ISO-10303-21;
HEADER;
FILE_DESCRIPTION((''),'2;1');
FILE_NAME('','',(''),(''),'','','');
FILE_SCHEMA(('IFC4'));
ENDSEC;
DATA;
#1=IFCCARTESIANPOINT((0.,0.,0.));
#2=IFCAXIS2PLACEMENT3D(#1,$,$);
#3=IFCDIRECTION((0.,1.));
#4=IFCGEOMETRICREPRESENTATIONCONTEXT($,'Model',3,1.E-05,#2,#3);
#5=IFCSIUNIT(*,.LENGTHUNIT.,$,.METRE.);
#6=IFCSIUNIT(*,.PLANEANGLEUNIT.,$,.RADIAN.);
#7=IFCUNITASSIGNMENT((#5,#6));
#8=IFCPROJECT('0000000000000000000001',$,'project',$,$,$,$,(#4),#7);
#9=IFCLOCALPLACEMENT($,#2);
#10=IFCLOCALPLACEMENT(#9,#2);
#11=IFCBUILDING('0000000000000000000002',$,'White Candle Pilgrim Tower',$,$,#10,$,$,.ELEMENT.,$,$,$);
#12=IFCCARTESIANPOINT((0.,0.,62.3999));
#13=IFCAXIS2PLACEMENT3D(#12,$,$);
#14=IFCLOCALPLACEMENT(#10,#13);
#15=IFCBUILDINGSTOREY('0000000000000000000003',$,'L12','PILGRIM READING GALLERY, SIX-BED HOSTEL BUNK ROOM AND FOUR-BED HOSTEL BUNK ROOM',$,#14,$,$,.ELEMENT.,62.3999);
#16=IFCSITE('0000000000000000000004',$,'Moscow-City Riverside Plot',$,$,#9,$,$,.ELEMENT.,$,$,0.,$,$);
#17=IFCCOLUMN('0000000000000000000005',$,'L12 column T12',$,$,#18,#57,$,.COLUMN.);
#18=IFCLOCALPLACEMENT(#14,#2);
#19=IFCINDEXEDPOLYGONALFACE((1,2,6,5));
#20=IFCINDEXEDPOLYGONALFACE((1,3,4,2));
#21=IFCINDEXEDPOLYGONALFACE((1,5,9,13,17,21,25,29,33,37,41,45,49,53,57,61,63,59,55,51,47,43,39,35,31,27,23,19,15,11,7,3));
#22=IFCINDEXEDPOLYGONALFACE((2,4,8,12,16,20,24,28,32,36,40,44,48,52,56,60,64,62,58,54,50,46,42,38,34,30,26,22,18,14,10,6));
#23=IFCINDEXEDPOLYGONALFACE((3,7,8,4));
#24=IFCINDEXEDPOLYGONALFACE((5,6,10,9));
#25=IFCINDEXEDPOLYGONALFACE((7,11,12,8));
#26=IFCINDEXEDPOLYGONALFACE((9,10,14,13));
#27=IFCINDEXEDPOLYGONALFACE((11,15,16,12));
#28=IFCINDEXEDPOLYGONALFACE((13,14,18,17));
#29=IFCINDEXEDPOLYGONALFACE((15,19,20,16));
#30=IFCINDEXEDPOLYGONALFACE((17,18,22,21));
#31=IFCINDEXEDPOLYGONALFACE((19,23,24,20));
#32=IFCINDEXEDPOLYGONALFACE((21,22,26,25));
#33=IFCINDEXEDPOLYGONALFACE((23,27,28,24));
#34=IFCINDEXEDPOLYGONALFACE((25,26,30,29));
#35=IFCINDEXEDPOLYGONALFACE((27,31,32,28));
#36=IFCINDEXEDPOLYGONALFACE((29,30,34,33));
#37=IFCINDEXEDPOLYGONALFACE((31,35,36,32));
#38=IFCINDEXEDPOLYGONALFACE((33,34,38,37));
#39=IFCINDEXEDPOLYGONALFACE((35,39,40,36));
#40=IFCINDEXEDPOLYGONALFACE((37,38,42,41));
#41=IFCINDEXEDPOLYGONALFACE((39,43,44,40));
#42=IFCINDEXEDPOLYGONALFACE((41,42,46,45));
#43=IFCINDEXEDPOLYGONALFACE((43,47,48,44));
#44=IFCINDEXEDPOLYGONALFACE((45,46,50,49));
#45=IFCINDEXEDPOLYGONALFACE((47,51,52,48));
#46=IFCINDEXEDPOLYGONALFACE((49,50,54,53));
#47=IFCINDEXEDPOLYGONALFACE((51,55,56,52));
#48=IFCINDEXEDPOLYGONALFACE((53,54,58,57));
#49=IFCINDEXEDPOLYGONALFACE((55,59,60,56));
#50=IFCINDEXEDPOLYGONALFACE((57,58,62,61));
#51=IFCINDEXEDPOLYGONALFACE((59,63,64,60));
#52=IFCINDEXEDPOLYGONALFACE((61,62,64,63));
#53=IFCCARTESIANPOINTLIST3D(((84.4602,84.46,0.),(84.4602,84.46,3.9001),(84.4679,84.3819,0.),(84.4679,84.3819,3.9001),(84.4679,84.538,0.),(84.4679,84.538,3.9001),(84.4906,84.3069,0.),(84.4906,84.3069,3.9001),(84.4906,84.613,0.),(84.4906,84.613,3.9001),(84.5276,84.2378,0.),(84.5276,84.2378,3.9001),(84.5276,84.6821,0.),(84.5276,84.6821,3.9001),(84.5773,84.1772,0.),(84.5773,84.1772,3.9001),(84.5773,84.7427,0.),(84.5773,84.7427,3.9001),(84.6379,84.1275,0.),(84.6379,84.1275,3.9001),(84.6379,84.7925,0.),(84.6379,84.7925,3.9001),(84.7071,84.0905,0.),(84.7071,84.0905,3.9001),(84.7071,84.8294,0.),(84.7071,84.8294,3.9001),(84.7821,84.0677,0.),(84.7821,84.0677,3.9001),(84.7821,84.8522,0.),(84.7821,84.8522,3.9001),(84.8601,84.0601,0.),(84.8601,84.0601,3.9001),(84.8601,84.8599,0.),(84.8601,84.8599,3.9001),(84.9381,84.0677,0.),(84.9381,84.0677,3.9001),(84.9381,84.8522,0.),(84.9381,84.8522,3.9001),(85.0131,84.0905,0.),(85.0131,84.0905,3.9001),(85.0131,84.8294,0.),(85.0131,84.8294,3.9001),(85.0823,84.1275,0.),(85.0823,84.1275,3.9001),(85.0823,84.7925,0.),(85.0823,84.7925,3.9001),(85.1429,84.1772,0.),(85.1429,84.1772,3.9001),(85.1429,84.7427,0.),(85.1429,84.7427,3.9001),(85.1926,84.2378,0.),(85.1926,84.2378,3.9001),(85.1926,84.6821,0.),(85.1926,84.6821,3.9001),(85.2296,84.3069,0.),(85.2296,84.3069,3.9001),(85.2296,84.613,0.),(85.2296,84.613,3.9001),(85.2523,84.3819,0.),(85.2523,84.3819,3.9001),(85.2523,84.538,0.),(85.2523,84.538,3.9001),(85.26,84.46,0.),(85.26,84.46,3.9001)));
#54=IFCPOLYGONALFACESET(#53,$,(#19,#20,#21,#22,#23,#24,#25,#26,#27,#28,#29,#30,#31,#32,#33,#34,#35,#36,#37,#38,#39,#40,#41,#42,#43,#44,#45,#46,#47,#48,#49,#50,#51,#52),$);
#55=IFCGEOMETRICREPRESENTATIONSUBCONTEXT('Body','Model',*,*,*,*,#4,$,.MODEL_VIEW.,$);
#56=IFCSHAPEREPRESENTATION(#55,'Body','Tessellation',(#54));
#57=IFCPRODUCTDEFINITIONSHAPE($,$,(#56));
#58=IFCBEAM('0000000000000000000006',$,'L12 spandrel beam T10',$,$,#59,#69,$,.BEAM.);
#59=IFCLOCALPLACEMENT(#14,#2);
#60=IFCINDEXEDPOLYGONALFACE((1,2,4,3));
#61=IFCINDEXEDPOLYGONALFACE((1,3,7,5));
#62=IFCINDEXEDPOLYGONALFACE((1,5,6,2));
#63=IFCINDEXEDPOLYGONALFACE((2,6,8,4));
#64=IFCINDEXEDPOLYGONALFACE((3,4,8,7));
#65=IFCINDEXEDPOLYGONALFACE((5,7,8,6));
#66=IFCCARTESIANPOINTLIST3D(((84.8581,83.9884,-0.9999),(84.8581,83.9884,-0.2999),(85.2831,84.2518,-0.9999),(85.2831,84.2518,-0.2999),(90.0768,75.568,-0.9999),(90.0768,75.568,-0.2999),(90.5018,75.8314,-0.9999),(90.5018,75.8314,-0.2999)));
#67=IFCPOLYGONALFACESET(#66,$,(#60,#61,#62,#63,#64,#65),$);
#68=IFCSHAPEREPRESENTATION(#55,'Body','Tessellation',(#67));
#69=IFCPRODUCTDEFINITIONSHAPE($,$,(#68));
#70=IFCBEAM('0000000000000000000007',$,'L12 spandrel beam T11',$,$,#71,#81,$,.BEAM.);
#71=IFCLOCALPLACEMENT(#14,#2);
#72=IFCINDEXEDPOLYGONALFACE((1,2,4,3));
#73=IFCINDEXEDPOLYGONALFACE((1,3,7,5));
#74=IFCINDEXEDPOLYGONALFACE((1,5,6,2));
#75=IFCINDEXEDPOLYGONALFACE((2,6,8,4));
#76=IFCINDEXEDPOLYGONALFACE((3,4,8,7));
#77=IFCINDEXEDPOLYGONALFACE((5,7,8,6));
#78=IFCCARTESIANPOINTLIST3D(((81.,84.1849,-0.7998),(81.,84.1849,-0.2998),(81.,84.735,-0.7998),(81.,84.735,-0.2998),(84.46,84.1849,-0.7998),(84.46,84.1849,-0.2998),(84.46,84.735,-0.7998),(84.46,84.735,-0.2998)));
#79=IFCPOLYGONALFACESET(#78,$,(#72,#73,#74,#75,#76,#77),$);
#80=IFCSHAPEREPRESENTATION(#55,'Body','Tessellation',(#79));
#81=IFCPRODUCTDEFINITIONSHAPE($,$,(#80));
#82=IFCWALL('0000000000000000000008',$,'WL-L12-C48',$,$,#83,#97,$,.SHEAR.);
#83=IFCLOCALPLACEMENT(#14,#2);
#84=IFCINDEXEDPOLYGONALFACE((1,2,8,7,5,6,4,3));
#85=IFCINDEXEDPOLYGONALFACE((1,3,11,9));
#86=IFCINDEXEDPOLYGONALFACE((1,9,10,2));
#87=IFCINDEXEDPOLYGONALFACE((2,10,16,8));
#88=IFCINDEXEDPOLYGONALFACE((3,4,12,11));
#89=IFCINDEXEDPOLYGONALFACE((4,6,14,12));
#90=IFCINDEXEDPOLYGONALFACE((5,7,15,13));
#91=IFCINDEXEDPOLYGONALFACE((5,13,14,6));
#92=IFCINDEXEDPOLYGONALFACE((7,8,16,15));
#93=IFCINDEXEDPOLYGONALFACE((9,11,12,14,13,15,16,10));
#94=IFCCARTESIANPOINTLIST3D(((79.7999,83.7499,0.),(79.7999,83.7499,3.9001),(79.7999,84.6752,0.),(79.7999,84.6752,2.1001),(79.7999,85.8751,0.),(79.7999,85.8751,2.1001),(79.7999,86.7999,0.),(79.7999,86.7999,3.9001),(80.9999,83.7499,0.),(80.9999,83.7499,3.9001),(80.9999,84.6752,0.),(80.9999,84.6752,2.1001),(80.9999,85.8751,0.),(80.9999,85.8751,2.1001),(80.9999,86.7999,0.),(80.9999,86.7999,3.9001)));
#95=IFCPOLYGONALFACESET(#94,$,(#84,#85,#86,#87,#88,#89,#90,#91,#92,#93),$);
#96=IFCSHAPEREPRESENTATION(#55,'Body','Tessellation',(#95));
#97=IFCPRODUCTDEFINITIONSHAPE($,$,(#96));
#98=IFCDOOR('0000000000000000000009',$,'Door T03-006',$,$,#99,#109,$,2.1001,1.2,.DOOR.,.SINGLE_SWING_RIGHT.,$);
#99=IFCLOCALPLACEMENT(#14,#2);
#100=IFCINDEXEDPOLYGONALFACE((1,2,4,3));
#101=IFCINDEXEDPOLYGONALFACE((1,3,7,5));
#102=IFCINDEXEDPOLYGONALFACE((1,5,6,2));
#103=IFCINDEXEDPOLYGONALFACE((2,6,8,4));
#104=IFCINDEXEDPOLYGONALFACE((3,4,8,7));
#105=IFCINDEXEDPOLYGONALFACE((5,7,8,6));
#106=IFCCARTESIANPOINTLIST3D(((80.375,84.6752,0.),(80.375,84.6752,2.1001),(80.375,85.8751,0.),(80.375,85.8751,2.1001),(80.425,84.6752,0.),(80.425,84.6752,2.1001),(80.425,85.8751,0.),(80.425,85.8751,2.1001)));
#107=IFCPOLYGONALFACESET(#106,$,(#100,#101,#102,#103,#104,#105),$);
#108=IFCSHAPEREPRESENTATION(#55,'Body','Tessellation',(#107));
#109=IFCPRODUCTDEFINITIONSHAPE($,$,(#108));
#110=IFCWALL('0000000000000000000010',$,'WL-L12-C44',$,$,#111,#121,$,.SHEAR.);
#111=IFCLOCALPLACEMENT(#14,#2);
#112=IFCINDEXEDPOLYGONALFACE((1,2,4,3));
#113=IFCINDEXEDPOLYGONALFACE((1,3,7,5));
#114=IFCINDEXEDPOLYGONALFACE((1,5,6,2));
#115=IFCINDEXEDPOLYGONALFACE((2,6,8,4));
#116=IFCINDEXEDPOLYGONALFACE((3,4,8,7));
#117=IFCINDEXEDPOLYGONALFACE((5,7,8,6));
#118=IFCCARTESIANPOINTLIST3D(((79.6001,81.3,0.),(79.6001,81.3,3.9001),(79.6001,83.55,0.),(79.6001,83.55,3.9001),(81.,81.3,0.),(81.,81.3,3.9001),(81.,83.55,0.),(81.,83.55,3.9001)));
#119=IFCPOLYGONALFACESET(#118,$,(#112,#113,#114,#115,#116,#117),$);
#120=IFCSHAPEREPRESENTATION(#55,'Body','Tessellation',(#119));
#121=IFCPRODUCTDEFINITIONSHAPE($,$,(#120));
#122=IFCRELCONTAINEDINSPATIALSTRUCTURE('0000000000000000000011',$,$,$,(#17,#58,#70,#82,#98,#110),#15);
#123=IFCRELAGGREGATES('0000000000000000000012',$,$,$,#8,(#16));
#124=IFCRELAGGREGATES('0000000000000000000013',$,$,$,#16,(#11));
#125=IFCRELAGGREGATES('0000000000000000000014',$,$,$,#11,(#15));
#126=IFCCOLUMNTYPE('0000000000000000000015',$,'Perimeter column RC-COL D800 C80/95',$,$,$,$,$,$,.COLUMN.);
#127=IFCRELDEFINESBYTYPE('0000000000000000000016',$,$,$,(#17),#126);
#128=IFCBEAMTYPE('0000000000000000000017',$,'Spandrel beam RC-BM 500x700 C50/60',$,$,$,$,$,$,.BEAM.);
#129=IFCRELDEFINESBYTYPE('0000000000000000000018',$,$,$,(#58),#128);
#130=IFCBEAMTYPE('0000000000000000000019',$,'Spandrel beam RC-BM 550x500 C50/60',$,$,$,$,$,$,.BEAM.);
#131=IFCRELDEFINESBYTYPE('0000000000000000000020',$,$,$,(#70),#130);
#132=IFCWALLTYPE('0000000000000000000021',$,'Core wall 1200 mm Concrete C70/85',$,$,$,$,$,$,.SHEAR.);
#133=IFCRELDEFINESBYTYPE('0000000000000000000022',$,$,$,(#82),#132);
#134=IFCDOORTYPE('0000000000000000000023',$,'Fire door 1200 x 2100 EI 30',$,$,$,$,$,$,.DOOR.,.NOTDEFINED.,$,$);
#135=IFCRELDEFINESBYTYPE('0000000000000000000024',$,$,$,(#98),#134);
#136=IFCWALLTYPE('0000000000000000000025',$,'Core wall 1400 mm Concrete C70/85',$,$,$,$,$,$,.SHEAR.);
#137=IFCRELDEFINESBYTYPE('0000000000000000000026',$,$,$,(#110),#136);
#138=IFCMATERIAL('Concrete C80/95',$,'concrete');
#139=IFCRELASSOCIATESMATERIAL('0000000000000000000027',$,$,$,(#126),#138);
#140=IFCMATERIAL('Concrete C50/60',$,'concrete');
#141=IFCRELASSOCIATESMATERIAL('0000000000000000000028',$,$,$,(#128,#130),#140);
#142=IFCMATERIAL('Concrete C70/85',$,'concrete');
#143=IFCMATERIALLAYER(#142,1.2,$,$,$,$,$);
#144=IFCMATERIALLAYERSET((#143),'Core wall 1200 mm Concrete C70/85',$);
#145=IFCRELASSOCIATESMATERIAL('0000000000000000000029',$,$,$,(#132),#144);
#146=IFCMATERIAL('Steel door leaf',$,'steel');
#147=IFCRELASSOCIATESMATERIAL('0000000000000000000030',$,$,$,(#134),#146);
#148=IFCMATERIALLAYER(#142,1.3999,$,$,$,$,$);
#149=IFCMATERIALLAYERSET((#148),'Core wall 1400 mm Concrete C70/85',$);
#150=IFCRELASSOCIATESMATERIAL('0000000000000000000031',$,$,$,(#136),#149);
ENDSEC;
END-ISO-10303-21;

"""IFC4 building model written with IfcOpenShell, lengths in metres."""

from ifc_helpers import new_model, si_unit, direction, frame, frame_2d, origin, origin_2d, place, context, subcontext, project, spatial, rectangle, circle, extrude, material, layer, layer_set, material_profile, profile_set, type_object, element, fill, save


model = new_model("IFC4")

# Units and contexts
model_context = context("Model", 3, precision=1e-05, world=origin(), true_north=direction((0.0, 1.0)))
body_context = subcontext(model_context, "Body", "Model", "MODEL_VIEW")
ifc_project = project(units=[si_unit("LENGTHUNIT", "METRE"), si_unit("PLANEANGLEUNIT", "RADIAN")], contexts=[model_context])

# Site, building, storey
site_placement = place(None, origin())
site = spatial("IfcSite", under=ifc_project, at=site_placement, Name="Moscow-City Riverside Plot", CompositionType="ELEMENT", RefElevation=0.0)
building_placement = place(site_placement, origin())
building = spatial("IfcBuilding", under=site, at=building_placement, Name="White Candle Pilgrim Tower", CompositionType="ELEMENT")
storey_placement = place(building_placement, frame((0.0, 0.0, 62.3999)))
storey = spatial("IfcBuildingStorey", under=building, at=storey_placement, Name="L12", Description="PILGRIM READING GALLERY, SIX-BED HOSTEL BUNK ROOM AND FOUR-BED HOSTEL BUNK ROOM", CompositionType="ELEMENT", Elevation=62.3999)

# Column
ifc_material_1 = material(Name="Concrete C80/95", Category="concrete")
ifc_material_profile_1 = material_profile(ifc_material_1, circle(Radius=0.3999, at=origin_2d()), Name="RC-COL D800")
ifc_profile_set_1 = profile_set([ifc_material_profile_1], Name="Concrete C80/95")
column_type = type_object("IfcColumnType", Name="Perimeter column RC-COL D800 C80/95", PredefinedType="COLUMN", material=ifc_profile_set_1)
column_placement = place(storey_placement, frame((84.8601, 84.46, 0.0), z_axis=(0.0, 0.0, 1.0), x_axis=(1.0, 0.0, 0.0)))
element("IfcColumn", 1, at=column_placement, inside=storey, type_object=column_type, Name="L12 column T12", PredefinedType="COLUMN", context=body_context, shape_type="SweptSolid", body=[
    extrude(circle(Radius=0.3999, at=origin_2d()), origin(), (0.0, 0.0, 1.0), 3.9001),
])

# Beams
ifc_material_2 = material(Name="Concrete C50/60", Category="concrete")
ifc_material_profile_2 = material_profile(ifc_material_2, rectangle(XDim=0.5, YDim=0.7, at=origin_2d()), Name="RC-BM 500x700")
ifc_profile_set_2 = profile_set([ifc_material_profile_2], Name="Concrete C50/60")
beam_type_1 = type_object("IfcBeamType", Name="Spandrel beam RC-BM 500x700 C50/60", PredefinedType="BEAM", material=ifc_profile_set_2)
beam_1_placement = place(storey_placement, frame((90.2893, 75.6997, -0.6499), z_axis=(-0.526801, 0.849989, 0.0), x_axis=(-0.849989, -0.526801, 0.0)))
element("IfcBeam", 2, at=beam_1_placement, inside=storey, type_object=beam_type_1, Name="L12 spandrel beam T10", PredefinedType="BEAM", context=body_context, shape_type="SweptSolid", body=[
    extrude(rectangle(XDim=0.5, YDim=0.7, at=origin_2d()), origin(), (0.0, 0.0, 1.0), 9.9065),
])
ifc_material_profile_3 = material_profile(ifc_material_2, rectangle(XDim=0.55, YDim=0.5, at=origin_2d()), Name="RC-BM 550x500")
ifc_profile_set_3 = profile_set([ifc_material_profile_3], Name="Concrete C50/60")
beam_type_2 = type_object("IfcBeamType", Name="Spandrel beam RC-BM 550x500 C50/60", PredefinedType="BEAM", material=ifc_profile_set_3)
beam_2_placement = place(storey_placement, frame((84.46, 84.46, -0.5498), z_axis=(-1.0, 0.0, 0.0), x_axis=(0.0, -1.0, 0.0)))
element("IfcBeam", 3, at=beam_2_placement, inside=storey, type_object=beam_type_2, Name="L12 spandrel beam T11", PredefinedType="BEAM", context=body_context, shape_type="SweptSolid", body=[
    extrude(rectangle(XDim=0.55, YDim=0.5, at=origin_2d()), origin(), (0.0, 0.0, 1.0), 3.46),
])

# Wall, opening, door
ifc_material_3 = material(Name="Concrete C70/85", Category="concrete")
ifc_layer_1 = layer(ifc_material_3, 1.2)
ifc_layer_set_1 = layer_set([ifc_layer_1], Name="Core wall 1200 mm Concrete C70/85")
wall_type_1 = type_object("IfcWallType", Name="Core wall 1200 mm Concrete C70/85", PredefinedType="SHEAR", material=ifc_layer_set_1)
wall_1_placement = place(storey_placement, frame((80.3999, 83.75, 0.0), z_axis=(0.0, 0.0, 1.0), x_axis=(0.0, 1.0, 0.0)))
wall_1 = element("IfcWall", 4, at=wall_1_placement, inside=storey, type_object=wall_type_1, Name="WL-L12-C48", PredefinedType="SHEAR", context=body_context, shape_type="SweptSolid", body=[
    extrude(rectangle(XDim=3.05, YDim=1.2, at=frame_2d((1.5249, 0.0))), origin(), (0.0, 0.0, 1.0), 3.9001),
])
opening_1_placement = place(wall_1_placement, frame((0.925, 0.0, 0.0)))
opening_1 = element("IfcOpeningElement", 5, at=opening_1_placement, cuts=wall_1, PredefinedType="OPENING", context=body_context, shape_type="SweptSolid", body=[
    extrude(rectangle(XDim=1.2, YDim=2.1001, at=frame_2d((0.6001, 1.05))), frame((0.0, 0.6099, 0.0), z_axis=(0.0, -1.0, 0.0), x_axis=(1.0, 0.0, 0.0)), (0.0, 0.0, 1.0), 1.22),
])
ifc_material_4 = material(Name="Steel door leaf", Category="steel")
door_type_1 = type_object("IfcDoorType", Name="Fire door 1200 x 2100 EI 30", OperationType="NOTDEFINED", PredefinedType="DOOR", material=ifc_material_4)
door_1_placement = place(opening_1_placement, origin())
door_1 = element("IfcDoor", 6, at=door_1_placement, inside=storey, type_object=door_type_1, Name="Door T03-006", OperationType="SINGLE_SWING_RIGHT", OverallHeight=2.1001, OverallWidth=1.2, PredefinedType="DOOR", context=body_context, shape_type="SweptSolid", body=[
    extrude(rectangle(XDim=1.2, YDim=2.1001, at=frame_2d((0.6001, 1.05))), frame((0.0, 0.0249, 0.0), z_axis=(0.0, -1.0, 0.0), x_axis=(1.0, 0.0, 0.0)), (0.0, 0.0, 1.0), 0.05),
])
fill(opening_1, door_1)

# Wall
ifc_layer_2 = layer(ifc_material_3, 1.3999)
ifc_layer_set_2 = layer_set([ifc_layer_2], Name="Core wall 1400 mm Concrete C70/85")
wall_type_2 = type_object("IfcWallType", Name="Core wall 1400 mm Concrete C70/85", PredefinedType="SHEAR", material=ifc_layer_set_2)
wall_2_placement = place(storey_placement, frame((80.3, 81.3, 0.0), z_axis=(0.0, 0.0, 1.0), x_axis=(0.0, 1.0, 0.0)))
element("IfcWall", 7, at=wall_2_placement, inside=storey, type_object=wall_type_2, Name="WL-L12-C44", PredefinedType="SHEAR", context=body_context, shape_type="SweptSolid", body=[
    extrude(rectangle(XDim=2.25, YDim=1.3999, at=frame_2d((1.125, 0.0))), origin(), (0.0, 0.0, 1.0), 3.9001),
])

save(model, "model.ifc")
